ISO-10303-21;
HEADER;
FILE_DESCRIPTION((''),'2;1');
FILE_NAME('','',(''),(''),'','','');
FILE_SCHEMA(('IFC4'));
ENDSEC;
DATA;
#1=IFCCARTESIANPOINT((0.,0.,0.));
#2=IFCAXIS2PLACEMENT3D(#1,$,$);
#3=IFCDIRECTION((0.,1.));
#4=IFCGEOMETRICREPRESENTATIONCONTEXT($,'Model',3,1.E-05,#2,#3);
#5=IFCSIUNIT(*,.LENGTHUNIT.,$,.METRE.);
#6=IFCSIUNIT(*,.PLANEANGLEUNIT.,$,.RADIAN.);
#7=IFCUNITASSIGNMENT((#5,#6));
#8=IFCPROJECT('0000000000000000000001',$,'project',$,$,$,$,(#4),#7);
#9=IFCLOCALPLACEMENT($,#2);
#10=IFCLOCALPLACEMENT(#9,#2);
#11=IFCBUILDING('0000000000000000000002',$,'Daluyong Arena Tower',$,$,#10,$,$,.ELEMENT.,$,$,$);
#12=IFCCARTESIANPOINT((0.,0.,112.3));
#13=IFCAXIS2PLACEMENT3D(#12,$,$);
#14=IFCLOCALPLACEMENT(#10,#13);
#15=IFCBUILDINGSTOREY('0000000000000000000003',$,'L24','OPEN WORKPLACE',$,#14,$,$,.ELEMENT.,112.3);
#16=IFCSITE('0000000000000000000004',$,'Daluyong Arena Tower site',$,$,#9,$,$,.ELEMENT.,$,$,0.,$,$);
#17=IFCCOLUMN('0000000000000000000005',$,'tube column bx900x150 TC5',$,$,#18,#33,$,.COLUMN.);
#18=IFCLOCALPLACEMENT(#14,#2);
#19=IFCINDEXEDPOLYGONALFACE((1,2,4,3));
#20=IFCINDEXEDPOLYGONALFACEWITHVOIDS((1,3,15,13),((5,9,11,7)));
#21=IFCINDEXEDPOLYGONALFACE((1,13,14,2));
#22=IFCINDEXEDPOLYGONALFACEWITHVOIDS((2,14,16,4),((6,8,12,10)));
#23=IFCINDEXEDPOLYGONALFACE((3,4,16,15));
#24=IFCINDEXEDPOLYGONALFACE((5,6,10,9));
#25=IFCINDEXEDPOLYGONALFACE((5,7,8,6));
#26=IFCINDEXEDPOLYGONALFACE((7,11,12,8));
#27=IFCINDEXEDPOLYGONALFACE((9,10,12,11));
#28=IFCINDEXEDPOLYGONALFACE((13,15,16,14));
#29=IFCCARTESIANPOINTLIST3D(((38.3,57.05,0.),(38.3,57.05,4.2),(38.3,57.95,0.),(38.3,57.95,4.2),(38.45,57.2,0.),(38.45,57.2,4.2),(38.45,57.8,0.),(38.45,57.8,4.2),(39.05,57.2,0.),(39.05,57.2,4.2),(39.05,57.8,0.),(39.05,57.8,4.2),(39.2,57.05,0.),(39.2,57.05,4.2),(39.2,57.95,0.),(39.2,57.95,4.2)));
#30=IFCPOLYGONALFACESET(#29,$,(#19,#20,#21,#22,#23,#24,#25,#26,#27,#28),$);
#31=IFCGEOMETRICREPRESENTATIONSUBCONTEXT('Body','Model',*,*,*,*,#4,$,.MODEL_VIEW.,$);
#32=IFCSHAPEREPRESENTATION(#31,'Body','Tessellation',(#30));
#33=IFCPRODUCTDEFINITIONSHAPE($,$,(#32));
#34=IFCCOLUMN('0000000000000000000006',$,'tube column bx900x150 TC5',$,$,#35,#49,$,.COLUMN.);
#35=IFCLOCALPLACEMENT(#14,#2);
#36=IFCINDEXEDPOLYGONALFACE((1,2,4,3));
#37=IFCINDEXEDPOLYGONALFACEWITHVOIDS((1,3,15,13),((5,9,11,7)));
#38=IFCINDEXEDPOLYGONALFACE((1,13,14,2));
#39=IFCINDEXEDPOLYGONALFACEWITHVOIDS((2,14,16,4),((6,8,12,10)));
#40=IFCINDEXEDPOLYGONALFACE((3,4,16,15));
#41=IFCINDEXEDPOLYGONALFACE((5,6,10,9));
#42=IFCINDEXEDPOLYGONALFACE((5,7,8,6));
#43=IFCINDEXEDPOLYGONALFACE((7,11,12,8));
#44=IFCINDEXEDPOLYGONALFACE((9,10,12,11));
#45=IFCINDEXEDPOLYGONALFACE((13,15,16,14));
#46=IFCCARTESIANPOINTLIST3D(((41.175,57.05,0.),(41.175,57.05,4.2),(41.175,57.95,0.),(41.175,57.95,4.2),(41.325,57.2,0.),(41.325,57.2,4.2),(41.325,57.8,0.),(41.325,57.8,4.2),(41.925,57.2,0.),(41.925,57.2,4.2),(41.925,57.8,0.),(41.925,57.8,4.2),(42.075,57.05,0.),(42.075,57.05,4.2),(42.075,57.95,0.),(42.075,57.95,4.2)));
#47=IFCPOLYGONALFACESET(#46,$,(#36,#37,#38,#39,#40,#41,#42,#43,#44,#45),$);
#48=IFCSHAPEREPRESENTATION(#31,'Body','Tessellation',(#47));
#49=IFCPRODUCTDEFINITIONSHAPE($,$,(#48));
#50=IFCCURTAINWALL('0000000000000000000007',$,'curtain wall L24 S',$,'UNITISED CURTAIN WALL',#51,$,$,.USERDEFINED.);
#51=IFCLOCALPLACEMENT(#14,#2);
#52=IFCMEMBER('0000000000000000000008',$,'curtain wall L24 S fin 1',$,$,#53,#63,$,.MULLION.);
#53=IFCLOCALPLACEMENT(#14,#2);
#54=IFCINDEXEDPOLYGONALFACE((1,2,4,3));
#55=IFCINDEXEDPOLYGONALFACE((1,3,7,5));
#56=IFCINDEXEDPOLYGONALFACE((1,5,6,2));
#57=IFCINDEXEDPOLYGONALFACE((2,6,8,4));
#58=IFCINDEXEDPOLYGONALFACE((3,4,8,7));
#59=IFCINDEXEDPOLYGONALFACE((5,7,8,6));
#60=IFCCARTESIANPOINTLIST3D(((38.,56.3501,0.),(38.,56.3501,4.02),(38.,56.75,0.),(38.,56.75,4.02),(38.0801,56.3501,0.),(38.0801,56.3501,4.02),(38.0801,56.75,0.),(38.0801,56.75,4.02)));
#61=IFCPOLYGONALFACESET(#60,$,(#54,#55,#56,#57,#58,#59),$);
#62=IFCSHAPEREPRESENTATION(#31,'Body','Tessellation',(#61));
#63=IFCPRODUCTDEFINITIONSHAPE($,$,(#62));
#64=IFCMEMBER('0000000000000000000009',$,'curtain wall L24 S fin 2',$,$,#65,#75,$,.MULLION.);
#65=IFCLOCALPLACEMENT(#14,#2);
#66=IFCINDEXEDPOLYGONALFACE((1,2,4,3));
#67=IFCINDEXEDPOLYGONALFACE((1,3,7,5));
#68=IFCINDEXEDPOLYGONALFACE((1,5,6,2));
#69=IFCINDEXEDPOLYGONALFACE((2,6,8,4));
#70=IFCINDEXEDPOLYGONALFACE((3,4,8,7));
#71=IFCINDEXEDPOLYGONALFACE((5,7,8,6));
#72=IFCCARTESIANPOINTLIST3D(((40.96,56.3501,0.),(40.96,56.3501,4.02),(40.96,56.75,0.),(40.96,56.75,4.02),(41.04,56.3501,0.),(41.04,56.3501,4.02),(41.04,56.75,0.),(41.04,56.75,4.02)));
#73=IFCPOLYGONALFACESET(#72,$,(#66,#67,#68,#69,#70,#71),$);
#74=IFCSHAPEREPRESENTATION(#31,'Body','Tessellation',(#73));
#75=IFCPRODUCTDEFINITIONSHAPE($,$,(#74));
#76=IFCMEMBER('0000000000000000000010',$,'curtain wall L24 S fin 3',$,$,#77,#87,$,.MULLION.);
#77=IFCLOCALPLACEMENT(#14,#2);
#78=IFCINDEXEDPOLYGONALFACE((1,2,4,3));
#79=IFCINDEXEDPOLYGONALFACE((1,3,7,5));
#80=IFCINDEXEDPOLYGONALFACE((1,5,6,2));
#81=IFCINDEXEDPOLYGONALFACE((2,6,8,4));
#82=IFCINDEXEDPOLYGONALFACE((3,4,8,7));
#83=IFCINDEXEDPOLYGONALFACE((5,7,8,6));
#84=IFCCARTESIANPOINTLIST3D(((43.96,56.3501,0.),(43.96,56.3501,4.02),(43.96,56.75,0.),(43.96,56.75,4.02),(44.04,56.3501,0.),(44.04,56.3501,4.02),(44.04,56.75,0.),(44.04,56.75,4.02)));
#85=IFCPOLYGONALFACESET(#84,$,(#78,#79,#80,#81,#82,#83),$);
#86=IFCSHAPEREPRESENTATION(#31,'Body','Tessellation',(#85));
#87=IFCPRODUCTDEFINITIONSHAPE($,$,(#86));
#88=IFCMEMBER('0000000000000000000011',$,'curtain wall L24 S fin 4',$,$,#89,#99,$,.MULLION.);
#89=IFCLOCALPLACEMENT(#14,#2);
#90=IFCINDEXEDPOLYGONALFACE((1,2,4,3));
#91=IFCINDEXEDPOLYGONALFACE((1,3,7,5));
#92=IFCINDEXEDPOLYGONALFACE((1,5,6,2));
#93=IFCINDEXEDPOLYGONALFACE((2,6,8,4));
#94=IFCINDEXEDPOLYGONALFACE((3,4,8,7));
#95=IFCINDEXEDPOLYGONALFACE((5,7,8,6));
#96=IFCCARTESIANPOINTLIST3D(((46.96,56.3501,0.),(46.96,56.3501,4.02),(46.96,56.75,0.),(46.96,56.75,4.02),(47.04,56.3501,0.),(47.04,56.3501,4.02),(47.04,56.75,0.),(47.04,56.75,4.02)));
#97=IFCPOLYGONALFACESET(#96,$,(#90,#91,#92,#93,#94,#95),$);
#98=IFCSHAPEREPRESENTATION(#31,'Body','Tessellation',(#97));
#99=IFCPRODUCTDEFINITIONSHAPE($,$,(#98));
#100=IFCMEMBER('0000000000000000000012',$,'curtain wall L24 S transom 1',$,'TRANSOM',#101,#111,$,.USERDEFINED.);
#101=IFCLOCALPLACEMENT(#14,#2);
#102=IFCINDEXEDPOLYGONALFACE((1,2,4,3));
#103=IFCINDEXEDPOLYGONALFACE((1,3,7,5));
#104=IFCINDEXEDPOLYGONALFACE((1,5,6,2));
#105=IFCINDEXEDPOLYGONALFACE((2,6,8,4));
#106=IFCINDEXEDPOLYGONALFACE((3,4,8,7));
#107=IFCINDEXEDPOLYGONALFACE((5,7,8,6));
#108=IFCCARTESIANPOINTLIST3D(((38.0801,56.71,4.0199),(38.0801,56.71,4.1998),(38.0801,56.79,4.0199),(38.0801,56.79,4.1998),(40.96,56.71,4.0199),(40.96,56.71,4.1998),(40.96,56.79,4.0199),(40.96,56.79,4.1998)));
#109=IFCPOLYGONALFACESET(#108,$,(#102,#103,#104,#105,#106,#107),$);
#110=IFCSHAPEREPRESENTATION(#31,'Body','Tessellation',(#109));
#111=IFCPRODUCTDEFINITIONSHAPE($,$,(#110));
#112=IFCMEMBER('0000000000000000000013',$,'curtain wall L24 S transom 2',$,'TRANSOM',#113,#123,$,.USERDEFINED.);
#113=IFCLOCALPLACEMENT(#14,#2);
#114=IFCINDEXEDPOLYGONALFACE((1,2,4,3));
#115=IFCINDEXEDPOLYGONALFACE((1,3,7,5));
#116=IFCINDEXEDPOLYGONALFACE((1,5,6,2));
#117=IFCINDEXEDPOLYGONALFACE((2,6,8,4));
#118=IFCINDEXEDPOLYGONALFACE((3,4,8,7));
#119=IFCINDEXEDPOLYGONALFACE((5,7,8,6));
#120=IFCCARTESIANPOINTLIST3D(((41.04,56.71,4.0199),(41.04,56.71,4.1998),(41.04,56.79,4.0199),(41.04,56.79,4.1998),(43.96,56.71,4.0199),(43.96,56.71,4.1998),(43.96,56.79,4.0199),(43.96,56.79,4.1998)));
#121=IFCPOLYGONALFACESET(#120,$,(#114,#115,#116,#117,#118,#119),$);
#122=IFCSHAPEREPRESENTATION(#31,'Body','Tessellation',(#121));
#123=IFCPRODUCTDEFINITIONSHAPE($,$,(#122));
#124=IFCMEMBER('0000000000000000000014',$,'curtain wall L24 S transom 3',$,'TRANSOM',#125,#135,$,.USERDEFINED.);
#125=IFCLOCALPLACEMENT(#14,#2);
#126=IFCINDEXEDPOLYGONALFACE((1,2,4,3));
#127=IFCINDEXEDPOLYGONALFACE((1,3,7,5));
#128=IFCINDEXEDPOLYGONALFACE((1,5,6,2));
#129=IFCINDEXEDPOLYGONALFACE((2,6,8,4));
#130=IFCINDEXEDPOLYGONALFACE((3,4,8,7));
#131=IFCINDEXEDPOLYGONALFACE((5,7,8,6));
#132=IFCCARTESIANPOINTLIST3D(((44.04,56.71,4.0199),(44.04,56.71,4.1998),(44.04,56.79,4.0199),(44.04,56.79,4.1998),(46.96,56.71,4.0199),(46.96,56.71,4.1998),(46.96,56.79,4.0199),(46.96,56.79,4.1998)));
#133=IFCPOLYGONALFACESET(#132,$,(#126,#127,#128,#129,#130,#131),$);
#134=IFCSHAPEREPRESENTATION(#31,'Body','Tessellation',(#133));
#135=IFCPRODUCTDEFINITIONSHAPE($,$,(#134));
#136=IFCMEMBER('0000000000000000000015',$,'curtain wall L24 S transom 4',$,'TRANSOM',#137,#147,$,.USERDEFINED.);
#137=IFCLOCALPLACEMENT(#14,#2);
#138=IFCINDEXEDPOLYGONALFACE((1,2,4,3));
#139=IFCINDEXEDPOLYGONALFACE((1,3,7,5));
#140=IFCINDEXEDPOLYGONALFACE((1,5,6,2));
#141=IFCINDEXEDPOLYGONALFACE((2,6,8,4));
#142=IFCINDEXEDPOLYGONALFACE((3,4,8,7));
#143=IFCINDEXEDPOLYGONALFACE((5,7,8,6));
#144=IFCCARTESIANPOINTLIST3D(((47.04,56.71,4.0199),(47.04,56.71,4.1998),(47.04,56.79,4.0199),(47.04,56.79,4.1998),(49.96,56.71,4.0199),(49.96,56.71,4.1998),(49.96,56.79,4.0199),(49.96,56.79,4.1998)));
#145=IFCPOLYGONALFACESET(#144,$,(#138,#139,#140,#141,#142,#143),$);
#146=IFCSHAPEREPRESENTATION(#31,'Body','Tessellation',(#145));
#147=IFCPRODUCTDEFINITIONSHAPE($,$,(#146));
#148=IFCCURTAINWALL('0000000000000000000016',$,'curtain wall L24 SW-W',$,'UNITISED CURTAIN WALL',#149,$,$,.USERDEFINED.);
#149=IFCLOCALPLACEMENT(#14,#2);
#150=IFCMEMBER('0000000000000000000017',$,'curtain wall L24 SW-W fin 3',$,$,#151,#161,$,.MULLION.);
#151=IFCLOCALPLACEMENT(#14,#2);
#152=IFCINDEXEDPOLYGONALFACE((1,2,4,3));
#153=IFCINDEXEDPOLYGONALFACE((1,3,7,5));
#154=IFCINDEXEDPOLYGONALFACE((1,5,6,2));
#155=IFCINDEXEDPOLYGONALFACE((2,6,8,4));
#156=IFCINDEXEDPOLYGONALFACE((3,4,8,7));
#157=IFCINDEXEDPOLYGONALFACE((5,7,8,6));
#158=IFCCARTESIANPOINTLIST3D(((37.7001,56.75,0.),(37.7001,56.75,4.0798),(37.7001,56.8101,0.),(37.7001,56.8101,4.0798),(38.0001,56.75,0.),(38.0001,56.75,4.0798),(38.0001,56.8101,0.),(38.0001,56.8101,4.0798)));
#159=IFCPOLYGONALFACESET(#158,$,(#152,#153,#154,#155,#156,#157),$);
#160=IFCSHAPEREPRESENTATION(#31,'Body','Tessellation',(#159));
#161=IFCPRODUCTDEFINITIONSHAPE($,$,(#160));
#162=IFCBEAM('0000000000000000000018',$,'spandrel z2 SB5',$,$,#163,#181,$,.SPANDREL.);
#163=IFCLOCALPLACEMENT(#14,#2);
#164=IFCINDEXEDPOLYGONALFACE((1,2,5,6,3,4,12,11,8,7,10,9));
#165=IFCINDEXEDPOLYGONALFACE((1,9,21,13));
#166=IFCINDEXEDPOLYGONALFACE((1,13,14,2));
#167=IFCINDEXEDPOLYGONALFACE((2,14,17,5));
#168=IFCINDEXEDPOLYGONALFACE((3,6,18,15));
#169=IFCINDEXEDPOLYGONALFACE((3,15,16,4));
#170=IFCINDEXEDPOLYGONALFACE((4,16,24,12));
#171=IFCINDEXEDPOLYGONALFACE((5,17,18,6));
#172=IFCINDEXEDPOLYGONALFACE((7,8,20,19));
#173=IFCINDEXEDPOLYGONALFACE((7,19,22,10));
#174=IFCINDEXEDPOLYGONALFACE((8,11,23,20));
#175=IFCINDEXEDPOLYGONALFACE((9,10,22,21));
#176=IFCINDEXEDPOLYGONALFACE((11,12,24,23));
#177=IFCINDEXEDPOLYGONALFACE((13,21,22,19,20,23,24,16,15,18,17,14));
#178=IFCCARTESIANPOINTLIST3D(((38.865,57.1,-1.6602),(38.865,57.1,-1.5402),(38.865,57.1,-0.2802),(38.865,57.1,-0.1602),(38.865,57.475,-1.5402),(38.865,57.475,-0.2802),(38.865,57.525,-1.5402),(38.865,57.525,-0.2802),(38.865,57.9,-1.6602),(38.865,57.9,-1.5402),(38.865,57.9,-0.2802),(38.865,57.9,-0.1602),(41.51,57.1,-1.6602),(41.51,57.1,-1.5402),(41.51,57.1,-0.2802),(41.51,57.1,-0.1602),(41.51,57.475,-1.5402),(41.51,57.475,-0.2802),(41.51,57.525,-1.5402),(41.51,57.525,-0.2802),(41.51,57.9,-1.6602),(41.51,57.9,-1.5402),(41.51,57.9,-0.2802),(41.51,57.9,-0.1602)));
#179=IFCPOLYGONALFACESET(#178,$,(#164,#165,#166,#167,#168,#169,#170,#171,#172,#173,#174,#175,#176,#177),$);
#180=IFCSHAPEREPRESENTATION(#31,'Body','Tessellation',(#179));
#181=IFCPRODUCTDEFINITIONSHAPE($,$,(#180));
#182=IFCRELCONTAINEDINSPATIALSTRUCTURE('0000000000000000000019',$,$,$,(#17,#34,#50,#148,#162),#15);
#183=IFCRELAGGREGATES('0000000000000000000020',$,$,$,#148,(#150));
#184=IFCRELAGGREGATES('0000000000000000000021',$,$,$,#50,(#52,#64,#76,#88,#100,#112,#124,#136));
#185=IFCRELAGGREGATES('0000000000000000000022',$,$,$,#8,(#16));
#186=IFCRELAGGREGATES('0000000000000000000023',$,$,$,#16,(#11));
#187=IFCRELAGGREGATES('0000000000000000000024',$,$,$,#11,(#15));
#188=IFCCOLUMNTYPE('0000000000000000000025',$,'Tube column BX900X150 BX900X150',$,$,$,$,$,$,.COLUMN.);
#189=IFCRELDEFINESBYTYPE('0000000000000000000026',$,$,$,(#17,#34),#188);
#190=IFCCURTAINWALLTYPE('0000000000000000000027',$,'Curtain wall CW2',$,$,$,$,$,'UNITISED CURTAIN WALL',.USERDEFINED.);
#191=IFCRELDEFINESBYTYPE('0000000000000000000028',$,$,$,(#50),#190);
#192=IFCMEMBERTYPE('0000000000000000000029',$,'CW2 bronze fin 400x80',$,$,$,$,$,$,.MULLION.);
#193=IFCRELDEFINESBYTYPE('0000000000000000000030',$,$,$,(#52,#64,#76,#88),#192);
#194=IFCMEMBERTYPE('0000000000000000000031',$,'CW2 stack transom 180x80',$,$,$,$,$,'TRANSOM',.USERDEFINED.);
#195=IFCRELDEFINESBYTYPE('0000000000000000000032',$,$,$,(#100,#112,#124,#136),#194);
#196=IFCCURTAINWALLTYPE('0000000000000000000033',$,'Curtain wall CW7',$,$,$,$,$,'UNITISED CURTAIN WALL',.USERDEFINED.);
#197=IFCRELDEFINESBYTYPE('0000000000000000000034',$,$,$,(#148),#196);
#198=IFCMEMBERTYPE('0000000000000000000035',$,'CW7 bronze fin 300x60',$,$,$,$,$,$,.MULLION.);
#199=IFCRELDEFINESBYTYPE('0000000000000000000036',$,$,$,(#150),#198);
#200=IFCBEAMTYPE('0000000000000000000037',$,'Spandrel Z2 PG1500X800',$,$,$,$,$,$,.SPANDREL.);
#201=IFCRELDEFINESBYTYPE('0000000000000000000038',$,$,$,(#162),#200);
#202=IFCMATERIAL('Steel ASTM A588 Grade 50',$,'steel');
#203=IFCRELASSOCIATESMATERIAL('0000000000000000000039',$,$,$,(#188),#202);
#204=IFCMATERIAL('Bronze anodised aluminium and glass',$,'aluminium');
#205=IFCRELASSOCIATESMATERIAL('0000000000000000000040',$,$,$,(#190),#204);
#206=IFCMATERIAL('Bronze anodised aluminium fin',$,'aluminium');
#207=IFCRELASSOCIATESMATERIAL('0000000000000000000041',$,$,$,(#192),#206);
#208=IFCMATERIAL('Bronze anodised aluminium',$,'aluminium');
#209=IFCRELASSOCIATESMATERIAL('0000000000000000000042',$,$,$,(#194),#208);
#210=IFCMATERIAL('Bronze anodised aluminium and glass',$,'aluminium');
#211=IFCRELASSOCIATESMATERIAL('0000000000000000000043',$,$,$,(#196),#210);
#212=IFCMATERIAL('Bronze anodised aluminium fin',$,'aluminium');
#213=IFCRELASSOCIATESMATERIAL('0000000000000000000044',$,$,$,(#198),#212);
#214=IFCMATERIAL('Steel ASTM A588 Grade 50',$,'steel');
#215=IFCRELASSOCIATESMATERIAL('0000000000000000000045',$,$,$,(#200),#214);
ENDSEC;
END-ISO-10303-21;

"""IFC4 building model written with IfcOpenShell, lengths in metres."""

from ifc_helpers import new_model, si_unit, direction, frame, origin, origin_2d, place, context, subcontext, project, spatial, rectangle, hollow_rectangle, i_section, extrude, material, material_profile, profile_set, type_object, element, aggregate, save


model = new_model("IFC4")

# Units and contexts
model_context = context("Model", 3, precision=1e-05, world=origin(), true_north=direction((0.0, 1.0)))
body_context = subcontext(model_context, "Body", "Model", "MODEL_VIEW")
ifc_project = project(units=[si_unit("LENGTHUNIT", "METRE"), si_unit("PLANEANGLEUNIT", "RADIAN")], contexts=[model_context])

# Site, building, storey
site_placement = place(None, origin())
site = spatial("IfcSite", under=ifc_project, at=site_placement, Name="Daluyong Arena Tower site", CompositionType="ELEMENT", RefElevation=0.0)
building_placement = place(site_placement, origin())
building = spatial("IfcBuilding", under=site, at=building_placement, Name="Daluyong Arena Tower", CompositionType="ELEMENT")
storey_placement = place(building_placement, frame((0.0, 0.0, 112.3)))
storey = spatial("IfcBuildingStorey", under=building, at=storey_placement, Name="L24", Description="OPEN WORKPLACE", CompositionType="ELEMENT", Elevation=112.3)

# Columns
ifc_material_1 = material(Name="Steel ASTM A588 Grade 50", Category="steel")
ifc_material_profile_1 = material_profile(ifc_material_1, hollow_rectangle(XDim=0.8999, YDim=0.8999, WallThickness=0.15, at=origin_2d()))
ifc_profile_set_1 = profile_set([ifc_material_profile_1], Name="Steel ASTM A588 Grade 50")
column_type = type_object("IfcColumnType", Name="Tube column BX900X150 BX900X150", PredefinedType="COLUMN", material=ifc_profile_set_1)
for number, where, z_axis, x_axis, name in (
    (1, (38.75, 57.5, 0.0), (0.0, 0.0, 1.0), (1.0, 0.0, 0.0), "tube column bx900x150 TC5"),
    (2, (41.625, 57.5, 0.0), (0.0, 0.0, 1.0), (1.0, 0.0, 0.0), "tube column bx900x150 TC5"),
):
    element("IfcColumn", number, at=place(storey_placement, frame(where, z_axis=z_axis, x_axis=x_axis)), inside=storey, type_object=column_type, Name=name, PredefinedType="COLUMN", context=body_context, shape_type="SweptSolid", body=[
        extrude(hollow_rectangle(XDim=0.8999, YDim=0.8999, WallThickness=0.15, at=origin_2d()), origin(), (0.0, 0.0, 1.0), 4.2),
    ])

# Curtain wall, members
ifc_material_2 = material(Name="Bronze anodised aluminium and glass", Category="aluminium")
curtain_wall_type_1 = type_object("IfcCurtainWallType", Name="Curtain wall CW2", ElementType="UNITISED CURTAIN WALL", PredefinedType="USERDEFINED", material=ifc_material_2)
curtain_wall_1_placement = place(storey_placement, origin())
curtain_wall_1 = element("IfcCurtainWall", 3, at=curtain_wall_1_placement, inside=storey, type_object=curtain_wall_type_1, Name="curtain wall L24 S", ObjectType="UNITISED CURTAIN WALL", PredefinedType="USERDEFINED")
ifc_material_3 = material(Name="Bronze anodised aluminium fin", Category="aluminium")
ifc_material_profile_2 = material_profile(ifc_material_3, rectangle(XDim=0.3999, YDim=0.0801, at=origin_2d()))
ifc_profile_set_2 = profile_set([ifc_material_profile_2], Name="Bronze anodised aluminium fin")
member_type_1 = type_object("IfcMemberType", Name="CW2 bronze fin 400x80", PredefinedType="MULLION", material=ifc_profile_set_2)
member_1_placement = place(storey_placement, frame((38.04, 56.55, 0.0), z_axis=(0.0, 0.0, 1.0), x_axis=(0.0, 1.0, 0.0)))
member_1 = element("IfcMember", 4, at=member_1_placement, type_object=member_type_1, Name="curtain wall L24 S fin 1", PredefinedType="MULLION", context=body_context, shape_type="SweptSolid", body=[
    extrude(rectangle(XDim=0.3999, YDim=0.0801, at=origin_2d()), origin(), (0.0, 0.0, 1.0), 4.02),
])
member_2_placement = place(storey_placement, frame((41.0, 56.55, 0.0), z_axis=(0.0, 0.0, 1.0), x_axis=(0.0, 1.0, 0.0)))
member_2 = element("IfcMember", 5, at=member_2_placement, type_object=member_type_1, Name="curtain wall L24 S fin 2", PredefinedType="MULLION", context=body_context, shape_type="SweptSolid", body=[
    extrude(rectangle(XDim=0.3999, YDim=0.0801, at=origin_2d()), origin(), (0.0, 0.0, 1.0), 4.02),
])
member_3_placement = place(storey_placement, frame((44.0, 56.55, 0.0), z_axis=(0.0, 0.0, 1.0), x_axis=(0.0, 1.0, 0.0)))
member_3 = element("IfcMember", 6, at=member_3_placement, type_object=member_type_1, Name="curtain wall L24 S fin 3", PredefinedType="MULLION", context=body_context, shape_type="SweptSolid", body=[
    extrude(rectangle(XDim=0.3999, YDim=0.0801, at=origin_2d()), origin(), (0.0, 0.0, 1.0), 4.02),
])
member_4_placement = place(storey_placement, frame((47.0, 56.55, 0.0), z_axis=(0.0, 0.0, 1.0), x_axis=(0.0, 1.0, 0.0)))
member_4 = element("IfcMember", 7, at=member_4_placement, type_object=member_type_1, Name="curtain wall L24 S fin 4", PredefinedType="MULLION", context=body_context, shape_type="SweptSolid", body=[
    extrude(rectangle(XDim=0.3999, YDim=0.0801, at=origin_2d()), origin(), (0.0, 0.0, 1.0), 4.02),
])
ifc_material_4 = material(Name="Bronze anodised aluminium", Category="aluminium")
ifc_material_profile_3 = material_profile(ifc_material_4, rectangle(XDim=0.0801, YDim=0.1799, at=origin_2d()))
ifc_profile_set_3 = profile_set([ifc_material_profile_3], Name="Bronze anodised aluminium")
member_type_2 = type_object("IfcMemberType", Name="CW2 stack transom 180x80", ElementType="TRANSOM", PredefinedType="USERDEFINED", material=ifc_profile_set_3)
member_5_placement = place(storey_placement, frame((38.0801, 56.75, 4.1099), z_axis=(1.0, 0.0, 0.0), x_axis=(0.0, 1.0, 0.0)))
member_5 = element("IfcMember", 8, at=member_5_placement, type_object=member_type_2, Name="curtain wall L24 S transom 1", ObjectType="TRANSOM", PredefinedType="USERDEFINED", context=body_context, shape_type="SweptSolid", body=[
    extrude(rectangle(XDim=0.0801, YDim=0.1799, at=origin_2d()), origin(), (0.0, 0.0, 1.0), 2.8799),
])
member_6_placement = place(storey_placement, frame((41.04, 56.75, 4.1099), z_axis=(1.0, 0.0, 0.0), x_axis=(0.0, 1.0, 0.0)))
member_6 = element("IfcMember", 9, at=member_6_placement, type_object=member_type_2, Name="curtain wall L24 S transom 2", ObjectType="TRANSOM", PredefinedType="USERDEFINED", context=body_context, shape_type="SweptSolid", body=[
    extrude(rectangle(XDim=0.0801, YDim=0.1799, at=origin_2d()), origin(), (0.0, 0.0, 1.0), 2.9199),
])
member_7_placement = place(storey_placement, frame((44.04, 56.75, 4.1099), z_axis=(1.0, 0.0, 0.0), x_axis=(0.0, 1.0, 0.0)))
member_7 = element("IfcMember", 10, at=member_7_placement, type_object=member_type_2, Name="curtain wall L24 S transom 3", ObjectType="TRANSOM", PredefinedType="USERDEFINED", context=body_context, shape_type="SweptSolid", body=[
    extrude(rectangle(XDim=0.0801, YDim=0.1799, at=origin_2d()), origin(), (0.0, 0.0, 1.0), 2.9199),
])
member_8_placement = place(storey_placement, frame((47.04, 56.75, 4.1099), z_axis=(1.0, 0.0, 0.0), x_axis=(0.0, 1.0, 0.0)))
member_8 = element("IfcMember", 11, at=member_8_placement, type_object=member_type_2, Name="curtain wall L24 S transom 4", ObjectType="TRANSOM", PredefinedType="USERDEFINED", context=body_context, shape_type="SweptSolid", body=[
    extrude(rectangle(XDim=0.0801, YDim=0.1799, at=origin_2d()), origin(), (0.0, 0.0, 1.0), 2.9199),
])

# Curtain wall, member
ifc_material_5 = material(Name="Bronze anodised aluminium and glass", Category="aluminium")
curtain_wall_type_2 = type_object("IfcCurtainWallType", Name="Curtain wall CW7", ElementType="UNITISED CURTAIN WALL", PredefinedType="USERDEFINED", material=ifc_material_5)
curtain_wall_2_placement = place(storey_placement, origin())
curtain_wall_2 = element("IfcCurtainWall", 12, at=curtain_wall_2_placement, inside=storey, type_object=curtain_wall_type_2, Name="curtain wall L24 SW-W", ObjectType="UNITISED CURTAIN WALL", PredefinedType="USERDEFINED")
ifc_material_6 = material(Name="Bronze anodised aluminium fin", Category="aluminium")
ifc_material_profile_4 = material_profile(ifc_material_6, rectangle(XDim=0.3, YDim=0.0601, at=origin_2d()))
ifc_profile_set_4 = profile_set([ifc_material_profile_4], Name="Bronze anodised aluminium fin")
member_type_3 = type_object("IfcMemberType", Name="CW7 bronze fin 300x60", PredefinedType="MULLION", material=ifc_profile_set_4)
member_9_placement = place(storey_placement, frame((37.8501, 56.78, 0.0), z_axis=(0.0, 0.0, 1.0), x_axis=(1.0, 0.0, 0.0)))
member_9 = element("IfcMember", 13, at=member_9_placement, type_object=member_type_3, Name="curtain wall L24 SW-W fin 3", PredefinedType="MULLION", context=body_context, shape_type="SweptSolid", body=[
    extrude(rectangle(XDim=0.3, YDim=0.0601, at=origin_2d()), origin(), (0.0, 0.0, 1.0), 4.0798),
])
aggregate(curtain_wall_2, [member_9])

# Beam
ifc_material_7 = material(Name="Steel ASTM A588 Grade 50", Category="steel")
ifc_material_profile_5 = material_profile(ifc_material_7, i_section(OverallWidth=0.8, OverallDepth=1.5, WebThickness=0.05, FlangeThickness=0.12, at=origin_2d()))
ifc_profile_set_5 = profile_set([ifc_material_profile_5], Name="Steel ASTM A588 Grade 50")
beam_type = type_object("IfcBeamType", Name="Spandrel Z2 PG1500X800", PredefinedType="SPANDREL", material=ifc_profile_set_5)
for number, where, z_axis, x_axis, name in (
    (14, (38.865, 57.5, -0.9102), (1.0, 0.0, 0.0), (0.0, 1.0, 0.0), "spandrel z2 SB5"),
):
    element("IfcBeam", number, at=place(storey_placement, frame(where, z_axis=z_axis, x_axis=x_axis)), inside=storey, type_object=beam_type, Name=name, PredefinedType="SPANDREL", context=body_context, shape_type="SweptSolid", body=[
        extrude(i_section(OverallWidth=0.8, OverallDepth=1.5, WebThickness=0.05, FlangeThickness=0.12, at=origin_2d()), origin(), (0.0, 0.0, 1.0), 2.645),
    ])

aggregate(curtain_wall_1, [member_1, member_2, member_3, member_4, member_5, member_6, member_7, member_8])

save(model, "model.ifc")
